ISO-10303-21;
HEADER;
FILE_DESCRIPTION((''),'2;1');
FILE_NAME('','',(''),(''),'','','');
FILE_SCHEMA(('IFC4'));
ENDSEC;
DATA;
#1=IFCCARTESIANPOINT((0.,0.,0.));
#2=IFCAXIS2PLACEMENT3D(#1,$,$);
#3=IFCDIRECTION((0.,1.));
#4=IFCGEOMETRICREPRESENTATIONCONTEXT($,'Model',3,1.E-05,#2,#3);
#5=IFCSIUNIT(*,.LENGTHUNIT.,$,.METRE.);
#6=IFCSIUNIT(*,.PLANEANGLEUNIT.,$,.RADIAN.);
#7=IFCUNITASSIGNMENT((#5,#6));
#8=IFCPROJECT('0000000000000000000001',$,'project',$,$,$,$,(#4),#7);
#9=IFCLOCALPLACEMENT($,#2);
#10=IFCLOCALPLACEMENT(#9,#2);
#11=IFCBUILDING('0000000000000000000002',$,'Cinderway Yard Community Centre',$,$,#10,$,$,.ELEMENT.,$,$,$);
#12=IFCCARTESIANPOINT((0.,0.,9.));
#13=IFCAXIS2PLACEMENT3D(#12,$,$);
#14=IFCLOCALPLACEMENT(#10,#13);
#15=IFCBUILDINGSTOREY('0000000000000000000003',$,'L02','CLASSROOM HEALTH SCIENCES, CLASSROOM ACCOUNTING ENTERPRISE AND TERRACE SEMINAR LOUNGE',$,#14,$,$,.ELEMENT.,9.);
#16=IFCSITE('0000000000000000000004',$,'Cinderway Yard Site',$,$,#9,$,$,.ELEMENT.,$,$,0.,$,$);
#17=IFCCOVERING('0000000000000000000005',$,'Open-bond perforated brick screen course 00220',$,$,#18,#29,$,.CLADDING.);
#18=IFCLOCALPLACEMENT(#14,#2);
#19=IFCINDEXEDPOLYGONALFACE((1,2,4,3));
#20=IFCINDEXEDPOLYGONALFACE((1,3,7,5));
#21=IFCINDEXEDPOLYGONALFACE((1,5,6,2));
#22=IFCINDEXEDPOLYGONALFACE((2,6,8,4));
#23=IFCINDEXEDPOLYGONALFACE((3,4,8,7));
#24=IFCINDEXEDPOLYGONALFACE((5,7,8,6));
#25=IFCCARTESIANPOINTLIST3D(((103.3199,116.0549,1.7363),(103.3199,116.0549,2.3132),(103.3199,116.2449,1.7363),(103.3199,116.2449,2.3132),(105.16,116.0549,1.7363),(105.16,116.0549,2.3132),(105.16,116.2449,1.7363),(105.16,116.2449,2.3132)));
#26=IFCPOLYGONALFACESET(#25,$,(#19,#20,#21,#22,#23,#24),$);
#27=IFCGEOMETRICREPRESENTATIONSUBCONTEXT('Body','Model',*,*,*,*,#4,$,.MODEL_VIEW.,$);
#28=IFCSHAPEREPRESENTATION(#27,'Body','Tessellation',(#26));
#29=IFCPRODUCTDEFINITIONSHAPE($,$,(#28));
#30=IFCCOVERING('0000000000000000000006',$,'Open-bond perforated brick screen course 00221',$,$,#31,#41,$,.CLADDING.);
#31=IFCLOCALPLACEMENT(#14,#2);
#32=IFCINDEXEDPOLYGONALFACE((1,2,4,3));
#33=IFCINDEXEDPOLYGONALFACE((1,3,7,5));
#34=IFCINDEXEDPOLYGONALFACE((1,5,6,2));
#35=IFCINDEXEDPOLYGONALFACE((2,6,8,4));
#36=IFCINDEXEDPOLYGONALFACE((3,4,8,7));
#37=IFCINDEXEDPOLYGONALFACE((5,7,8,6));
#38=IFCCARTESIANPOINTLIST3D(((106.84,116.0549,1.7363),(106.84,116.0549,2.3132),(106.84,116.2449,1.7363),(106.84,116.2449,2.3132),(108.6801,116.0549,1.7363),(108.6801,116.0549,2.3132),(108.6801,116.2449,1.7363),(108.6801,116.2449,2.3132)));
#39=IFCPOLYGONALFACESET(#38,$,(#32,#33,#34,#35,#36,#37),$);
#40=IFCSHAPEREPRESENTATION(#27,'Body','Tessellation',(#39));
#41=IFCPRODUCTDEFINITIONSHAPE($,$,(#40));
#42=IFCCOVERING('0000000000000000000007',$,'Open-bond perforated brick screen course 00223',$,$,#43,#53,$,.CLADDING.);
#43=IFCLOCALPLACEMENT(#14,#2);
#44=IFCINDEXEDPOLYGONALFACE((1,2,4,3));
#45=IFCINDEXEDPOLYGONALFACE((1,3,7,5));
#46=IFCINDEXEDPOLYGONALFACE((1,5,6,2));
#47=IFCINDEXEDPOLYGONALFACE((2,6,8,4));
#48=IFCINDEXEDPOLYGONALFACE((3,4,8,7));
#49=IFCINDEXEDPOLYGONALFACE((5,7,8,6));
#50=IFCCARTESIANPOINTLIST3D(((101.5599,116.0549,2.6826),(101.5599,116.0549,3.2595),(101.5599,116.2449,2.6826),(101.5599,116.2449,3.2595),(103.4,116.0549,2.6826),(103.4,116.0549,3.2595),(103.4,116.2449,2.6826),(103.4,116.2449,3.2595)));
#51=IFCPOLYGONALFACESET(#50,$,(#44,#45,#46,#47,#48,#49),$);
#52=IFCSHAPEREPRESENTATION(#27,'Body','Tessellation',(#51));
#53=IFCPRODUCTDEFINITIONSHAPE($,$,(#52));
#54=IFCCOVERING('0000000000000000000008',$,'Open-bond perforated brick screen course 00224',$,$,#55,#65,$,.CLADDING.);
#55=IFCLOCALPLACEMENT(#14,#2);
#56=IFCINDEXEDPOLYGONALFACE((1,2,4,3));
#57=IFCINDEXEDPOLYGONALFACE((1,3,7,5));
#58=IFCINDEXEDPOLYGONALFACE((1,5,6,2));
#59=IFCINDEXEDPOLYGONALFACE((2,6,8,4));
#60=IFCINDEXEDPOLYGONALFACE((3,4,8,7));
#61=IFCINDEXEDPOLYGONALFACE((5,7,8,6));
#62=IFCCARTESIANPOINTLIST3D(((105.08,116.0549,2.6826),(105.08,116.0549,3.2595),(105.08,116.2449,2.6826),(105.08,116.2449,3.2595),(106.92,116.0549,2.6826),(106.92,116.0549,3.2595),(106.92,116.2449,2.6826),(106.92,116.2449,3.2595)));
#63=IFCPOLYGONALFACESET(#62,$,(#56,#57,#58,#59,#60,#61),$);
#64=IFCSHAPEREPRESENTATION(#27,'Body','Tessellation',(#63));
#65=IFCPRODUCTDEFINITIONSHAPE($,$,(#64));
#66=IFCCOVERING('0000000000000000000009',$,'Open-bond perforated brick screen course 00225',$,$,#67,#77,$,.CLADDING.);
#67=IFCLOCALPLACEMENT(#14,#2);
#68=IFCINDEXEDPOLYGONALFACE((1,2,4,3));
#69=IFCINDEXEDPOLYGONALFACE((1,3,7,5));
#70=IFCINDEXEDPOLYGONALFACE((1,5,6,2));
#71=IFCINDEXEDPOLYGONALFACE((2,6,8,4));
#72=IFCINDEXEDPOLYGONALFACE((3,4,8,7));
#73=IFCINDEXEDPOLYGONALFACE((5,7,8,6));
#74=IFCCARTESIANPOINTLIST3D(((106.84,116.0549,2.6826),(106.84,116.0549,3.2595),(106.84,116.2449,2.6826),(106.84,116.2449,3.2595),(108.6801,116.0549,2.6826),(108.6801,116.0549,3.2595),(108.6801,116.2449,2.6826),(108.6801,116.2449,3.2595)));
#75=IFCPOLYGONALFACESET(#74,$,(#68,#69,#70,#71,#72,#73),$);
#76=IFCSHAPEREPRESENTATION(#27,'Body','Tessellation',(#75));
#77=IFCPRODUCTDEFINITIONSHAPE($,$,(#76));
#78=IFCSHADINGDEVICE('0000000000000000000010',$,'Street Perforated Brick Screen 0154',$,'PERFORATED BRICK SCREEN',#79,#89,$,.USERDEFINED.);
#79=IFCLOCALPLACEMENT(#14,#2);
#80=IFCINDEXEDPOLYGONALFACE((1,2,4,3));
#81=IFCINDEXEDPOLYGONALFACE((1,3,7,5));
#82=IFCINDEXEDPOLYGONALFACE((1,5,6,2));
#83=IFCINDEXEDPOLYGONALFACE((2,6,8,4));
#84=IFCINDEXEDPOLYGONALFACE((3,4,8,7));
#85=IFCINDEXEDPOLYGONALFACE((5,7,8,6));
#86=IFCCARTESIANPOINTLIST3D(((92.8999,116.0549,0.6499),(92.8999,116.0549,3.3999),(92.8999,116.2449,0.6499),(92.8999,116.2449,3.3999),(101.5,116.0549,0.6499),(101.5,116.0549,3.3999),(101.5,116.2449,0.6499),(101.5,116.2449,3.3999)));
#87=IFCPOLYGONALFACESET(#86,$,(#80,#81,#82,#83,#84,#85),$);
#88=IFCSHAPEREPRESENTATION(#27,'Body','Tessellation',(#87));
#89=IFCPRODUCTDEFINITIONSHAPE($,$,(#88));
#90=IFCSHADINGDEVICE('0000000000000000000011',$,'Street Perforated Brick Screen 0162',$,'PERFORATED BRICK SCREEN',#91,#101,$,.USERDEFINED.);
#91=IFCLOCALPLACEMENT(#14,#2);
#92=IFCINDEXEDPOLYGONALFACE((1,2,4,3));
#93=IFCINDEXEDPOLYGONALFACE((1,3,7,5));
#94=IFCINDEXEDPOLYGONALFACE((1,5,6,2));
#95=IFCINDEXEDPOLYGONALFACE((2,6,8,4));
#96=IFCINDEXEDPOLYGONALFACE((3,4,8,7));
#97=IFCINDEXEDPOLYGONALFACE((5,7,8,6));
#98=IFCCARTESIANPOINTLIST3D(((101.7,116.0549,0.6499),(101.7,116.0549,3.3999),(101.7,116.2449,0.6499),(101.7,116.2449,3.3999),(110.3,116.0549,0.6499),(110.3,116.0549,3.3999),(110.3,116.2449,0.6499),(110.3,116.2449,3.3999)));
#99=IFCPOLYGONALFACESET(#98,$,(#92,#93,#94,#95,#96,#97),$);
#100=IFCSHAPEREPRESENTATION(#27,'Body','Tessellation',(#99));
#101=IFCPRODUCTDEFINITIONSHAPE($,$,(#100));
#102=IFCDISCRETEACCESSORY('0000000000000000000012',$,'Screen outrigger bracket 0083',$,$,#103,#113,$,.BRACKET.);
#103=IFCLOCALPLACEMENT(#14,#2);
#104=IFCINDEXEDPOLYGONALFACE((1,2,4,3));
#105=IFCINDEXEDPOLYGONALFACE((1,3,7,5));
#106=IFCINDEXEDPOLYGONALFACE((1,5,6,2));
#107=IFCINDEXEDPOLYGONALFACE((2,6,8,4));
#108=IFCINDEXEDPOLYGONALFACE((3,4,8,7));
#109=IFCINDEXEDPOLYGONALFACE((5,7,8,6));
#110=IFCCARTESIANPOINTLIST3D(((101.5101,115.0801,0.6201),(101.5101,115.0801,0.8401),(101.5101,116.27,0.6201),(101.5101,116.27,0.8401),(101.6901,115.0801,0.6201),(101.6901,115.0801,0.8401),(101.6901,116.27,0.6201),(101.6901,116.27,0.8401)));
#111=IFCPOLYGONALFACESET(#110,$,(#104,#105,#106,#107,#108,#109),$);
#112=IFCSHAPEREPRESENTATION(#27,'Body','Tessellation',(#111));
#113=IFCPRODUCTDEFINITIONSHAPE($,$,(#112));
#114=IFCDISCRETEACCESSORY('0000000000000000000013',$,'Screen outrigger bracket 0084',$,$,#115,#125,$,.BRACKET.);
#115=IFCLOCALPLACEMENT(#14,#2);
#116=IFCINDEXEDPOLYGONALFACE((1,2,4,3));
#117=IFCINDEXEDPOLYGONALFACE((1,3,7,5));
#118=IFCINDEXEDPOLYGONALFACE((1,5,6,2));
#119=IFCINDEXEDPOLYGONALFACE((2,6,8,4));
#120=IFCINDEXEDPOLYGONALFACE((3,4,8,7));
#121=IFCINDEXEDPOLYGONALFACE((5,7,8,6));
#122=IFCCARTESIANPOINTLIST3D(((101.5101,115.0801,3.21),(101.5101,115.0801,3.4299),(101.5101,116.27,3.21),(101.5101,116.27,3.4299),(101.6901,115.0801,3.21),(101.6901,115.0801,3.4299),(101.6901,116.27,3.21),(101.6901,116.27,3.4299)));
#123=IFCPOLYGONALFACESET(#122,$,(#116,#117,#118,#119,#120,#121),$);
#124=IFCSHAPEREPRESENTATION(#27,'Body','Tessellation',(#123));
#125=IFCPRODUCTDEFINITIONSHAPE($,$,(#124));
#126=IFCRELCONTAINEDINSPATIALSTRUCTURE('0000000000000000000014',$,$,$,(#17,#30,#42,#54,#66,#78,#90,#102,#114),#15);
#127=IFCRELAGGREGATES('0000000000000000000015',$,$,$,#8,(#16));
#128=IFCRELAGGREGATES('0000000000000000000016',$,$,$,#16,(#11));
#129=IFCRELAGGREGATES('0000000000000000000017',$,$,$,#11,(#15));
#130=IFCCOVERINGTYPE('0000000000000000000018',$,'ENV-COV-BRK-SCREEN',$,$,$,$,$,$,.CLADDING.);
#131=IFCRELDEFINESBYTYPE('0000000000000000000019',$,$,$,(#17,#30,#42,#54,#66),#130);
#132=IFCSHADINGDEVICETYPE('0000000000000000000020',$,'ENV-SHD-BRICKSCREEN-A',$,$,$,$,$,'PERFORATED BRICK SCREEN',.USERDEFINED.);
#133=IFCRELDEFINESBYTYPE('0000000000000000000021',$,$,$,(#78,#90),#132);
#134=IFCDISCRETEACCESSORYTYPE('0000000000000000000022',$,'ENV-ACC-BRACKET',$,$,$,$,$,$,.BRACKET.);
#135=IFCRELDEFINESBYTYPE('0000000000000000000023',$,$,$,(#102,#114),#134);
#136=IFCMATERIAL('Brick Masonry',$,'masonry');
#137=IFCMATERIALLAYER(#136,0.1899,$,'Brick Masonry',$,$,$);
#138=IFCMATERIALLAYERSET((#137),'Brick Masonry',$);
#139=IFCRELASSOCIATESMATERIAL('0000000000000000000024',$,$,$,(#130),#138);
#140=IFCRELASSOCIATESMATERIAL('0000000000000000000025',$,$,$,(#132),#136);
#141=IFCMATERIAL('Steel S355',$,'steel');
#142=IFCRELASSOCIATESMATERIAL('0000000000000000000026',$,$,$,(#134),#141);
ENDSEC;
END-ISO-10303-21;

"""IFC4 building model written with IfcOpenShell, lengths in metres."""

from ifc_helpers import new_model, si_unit, direction, frame, origin, origin_2d, place, context, subcontext, project, spatial, rectangle, extrude, material, layer, layer_set, type_object, element, save


model = new_model("IFC4")

# Units and contexts
model_context = context("Model", 3, precision=1e-05, world=origin(), true_north=direction((0.0, 1.0)))
body_context = subcontext(model_context, "Body", "Model", "MODEL_VIEW")
ifc_project = project(units=[si_unit("LENGTHUNIT", "METRE"), si_unit("PLANEANGLEUNIT", "RADIAN")], contexts=[model_context])

# Site, building, storey
site_placement = place(None, origin())
site = spatial("IfcSite", under=ifc_project, at=site_placement, Name="Cinderway Yard Site", CompositionType="ELEMENT", RefElevation=0.0)
building_placement = place(site_placement, origin())
building = spatial("IfcBuilding", under=site, at=building_placement, Name="Cinderway Yard Community Centre", CompositionType="ELEMENT")
storey_placement = place(building_placement, frame((0.0, 0.0, 9.0)))
storey = spatial("IfcBuildingStorey", under=building, at=storey_placement, Name="L02", Description="CLASSROOM HEALTH SCIENCES, CLASSROOM ACCOUNTING ENTERPRISE AND TERRACE SEMINAR LOUNGE", CompositionType="ELEMENT", Elevation=9.0)

# Shared definitions
ifc_material_1 = material(Name="Steel S355", Category="steel")

# Coverings
ifc_material_2 = material(Name="Brick Masonry", Category="masonry")
ifc_layer_1 = layer(ifc_material_2, 0.1899, Name="Brick Masonry")
ifc_layer_set_1 = layer_set([ifc_layer_1], Name="Brick Masonry")
covering_type = type_object("IfcCoveringType", Name="ENV-COV-BRK-SCREEN", PredefinedType="CLADDING", material=ifc_layer_set_1)
for number, where, z_axis, x_axis, name in (
    (1, (104.24, 116.1499, 1.7363), (0.0, 0.0, 1.0), (1.0, 0.0, 0.0), "Open-bond perforated brick screen course 00220"),
    (2, (107.76, 116.1499, 1.7363), (0.0, 0.0, 1.0), (1.0, 0.0, 0.0), "Open-bond perforated brick screen course 00221"),
    (3, (102.48, 116.1499, 2.6826), (0.0, 0.0, 1.0), (1.0, 0.0, 0.0), "Open-bond perforated brick screen course 00223"),
    (4, (106.0, 116.1499, 2.6826), (0.0, 0.0, 1.0), (1.0, 0.0, 0.0), "Open-bond perforated brick screen course 00224"),
    (5, (107.76, 116.1499, 2.6826), (0.0, 0.0, 1.0), (1.0, 0.0, 0.0), "Open-bond perforated brick screen course 00225"),
):
    element("IfcCovering", number, at=place(storey_placement, frame(where, z_axis=z_axis, x_axis=x_axis)), inside=storey, type_object=covering_type, Name=name, PredefinedType="CLADDING", context=body_context, shape_type="SweptSolid", body=[
        extrude(rectangle(XDim=1.8401, YDim=0.1899, at=origin_2d()), origin(), (0.0, 0.0, 1.0), 0.5769),
    ])

# Shading devices
shading_device_type = type_object("IfcShadingDeviceType", Name="ENV-SHD-BRICKSCREEN-A", ElementType="PERFORATED BRICK SCREEN", PredefinedType="USERDEFINED", material=ifc_material_2)
for number, where, z_axis, x_axis, name in (
    (6, (97.2, 116.1499, 0.6499), (0.0, 0.0, 1.0), (1.0, 0.0, 0.0), "Street Perforated Brick Screen 0154"),
    (7, (106.0, 116.1499, 0.6499), (0.0, 0.0, 1.0), (1.0, 0.0, 0.0), "Street Perforated Brick Screen 0162"),
):
    element("IfcShadingDevice", number, at=place(storey_placement, frame(where, z_axis=z_axis, x_axis=x_axis)), inside=storey, type_object=shading_device_type, Name=name, ObjectType="PERFORATED BRICK SCREEN", PredefinedType="USERDEFINED", context=body_context, shape_type="SweptSolid", body=[
        extrude(rectangle(XDim=8.6001, YDim=0.1899, at=origin_2d()), origin(), (0.0, 0.0, 1.0), 2.75),
    ])

# Discrete accessories
discrete_accessory_type = type_object("IfcDiscreteAccessoryType", Name="ENV-ACC-BRACKET", PredefinedType="BRACKET", material=ifc_material_1)
for number, where, z_axis, x_axis, name in (
    (8, (101.6001, 115.675, 0.6201), (0.0, 0.0, 1.0), (0.0, 1.0, 0.0), "Screen outrigger bracket 0083"),
    (9, (101.6001, 115.675, 3.21), (0.0, 0.0, 1.0), (0.0, 1.0, 0.0), "Screen outrigger bracket 0084"),
):
    element("IfcDiscreteAccessory", number, at=place(storey_placement, frame(where, z_axis=z_axis, x_axis=x_axis)), inside=storey, type_object=discrete_accessory_type, Name=name, PredefinedType="BRACKET", context=body_context, shape_type="SweptSolid", body=[
        extrude(rectangle(XDim=1.1899, YDim=0.1799, at=origin_2d()), origin(), (0.0, 0.0, 1.0), 0.22),
    ])

save(model, "model.ifc")
